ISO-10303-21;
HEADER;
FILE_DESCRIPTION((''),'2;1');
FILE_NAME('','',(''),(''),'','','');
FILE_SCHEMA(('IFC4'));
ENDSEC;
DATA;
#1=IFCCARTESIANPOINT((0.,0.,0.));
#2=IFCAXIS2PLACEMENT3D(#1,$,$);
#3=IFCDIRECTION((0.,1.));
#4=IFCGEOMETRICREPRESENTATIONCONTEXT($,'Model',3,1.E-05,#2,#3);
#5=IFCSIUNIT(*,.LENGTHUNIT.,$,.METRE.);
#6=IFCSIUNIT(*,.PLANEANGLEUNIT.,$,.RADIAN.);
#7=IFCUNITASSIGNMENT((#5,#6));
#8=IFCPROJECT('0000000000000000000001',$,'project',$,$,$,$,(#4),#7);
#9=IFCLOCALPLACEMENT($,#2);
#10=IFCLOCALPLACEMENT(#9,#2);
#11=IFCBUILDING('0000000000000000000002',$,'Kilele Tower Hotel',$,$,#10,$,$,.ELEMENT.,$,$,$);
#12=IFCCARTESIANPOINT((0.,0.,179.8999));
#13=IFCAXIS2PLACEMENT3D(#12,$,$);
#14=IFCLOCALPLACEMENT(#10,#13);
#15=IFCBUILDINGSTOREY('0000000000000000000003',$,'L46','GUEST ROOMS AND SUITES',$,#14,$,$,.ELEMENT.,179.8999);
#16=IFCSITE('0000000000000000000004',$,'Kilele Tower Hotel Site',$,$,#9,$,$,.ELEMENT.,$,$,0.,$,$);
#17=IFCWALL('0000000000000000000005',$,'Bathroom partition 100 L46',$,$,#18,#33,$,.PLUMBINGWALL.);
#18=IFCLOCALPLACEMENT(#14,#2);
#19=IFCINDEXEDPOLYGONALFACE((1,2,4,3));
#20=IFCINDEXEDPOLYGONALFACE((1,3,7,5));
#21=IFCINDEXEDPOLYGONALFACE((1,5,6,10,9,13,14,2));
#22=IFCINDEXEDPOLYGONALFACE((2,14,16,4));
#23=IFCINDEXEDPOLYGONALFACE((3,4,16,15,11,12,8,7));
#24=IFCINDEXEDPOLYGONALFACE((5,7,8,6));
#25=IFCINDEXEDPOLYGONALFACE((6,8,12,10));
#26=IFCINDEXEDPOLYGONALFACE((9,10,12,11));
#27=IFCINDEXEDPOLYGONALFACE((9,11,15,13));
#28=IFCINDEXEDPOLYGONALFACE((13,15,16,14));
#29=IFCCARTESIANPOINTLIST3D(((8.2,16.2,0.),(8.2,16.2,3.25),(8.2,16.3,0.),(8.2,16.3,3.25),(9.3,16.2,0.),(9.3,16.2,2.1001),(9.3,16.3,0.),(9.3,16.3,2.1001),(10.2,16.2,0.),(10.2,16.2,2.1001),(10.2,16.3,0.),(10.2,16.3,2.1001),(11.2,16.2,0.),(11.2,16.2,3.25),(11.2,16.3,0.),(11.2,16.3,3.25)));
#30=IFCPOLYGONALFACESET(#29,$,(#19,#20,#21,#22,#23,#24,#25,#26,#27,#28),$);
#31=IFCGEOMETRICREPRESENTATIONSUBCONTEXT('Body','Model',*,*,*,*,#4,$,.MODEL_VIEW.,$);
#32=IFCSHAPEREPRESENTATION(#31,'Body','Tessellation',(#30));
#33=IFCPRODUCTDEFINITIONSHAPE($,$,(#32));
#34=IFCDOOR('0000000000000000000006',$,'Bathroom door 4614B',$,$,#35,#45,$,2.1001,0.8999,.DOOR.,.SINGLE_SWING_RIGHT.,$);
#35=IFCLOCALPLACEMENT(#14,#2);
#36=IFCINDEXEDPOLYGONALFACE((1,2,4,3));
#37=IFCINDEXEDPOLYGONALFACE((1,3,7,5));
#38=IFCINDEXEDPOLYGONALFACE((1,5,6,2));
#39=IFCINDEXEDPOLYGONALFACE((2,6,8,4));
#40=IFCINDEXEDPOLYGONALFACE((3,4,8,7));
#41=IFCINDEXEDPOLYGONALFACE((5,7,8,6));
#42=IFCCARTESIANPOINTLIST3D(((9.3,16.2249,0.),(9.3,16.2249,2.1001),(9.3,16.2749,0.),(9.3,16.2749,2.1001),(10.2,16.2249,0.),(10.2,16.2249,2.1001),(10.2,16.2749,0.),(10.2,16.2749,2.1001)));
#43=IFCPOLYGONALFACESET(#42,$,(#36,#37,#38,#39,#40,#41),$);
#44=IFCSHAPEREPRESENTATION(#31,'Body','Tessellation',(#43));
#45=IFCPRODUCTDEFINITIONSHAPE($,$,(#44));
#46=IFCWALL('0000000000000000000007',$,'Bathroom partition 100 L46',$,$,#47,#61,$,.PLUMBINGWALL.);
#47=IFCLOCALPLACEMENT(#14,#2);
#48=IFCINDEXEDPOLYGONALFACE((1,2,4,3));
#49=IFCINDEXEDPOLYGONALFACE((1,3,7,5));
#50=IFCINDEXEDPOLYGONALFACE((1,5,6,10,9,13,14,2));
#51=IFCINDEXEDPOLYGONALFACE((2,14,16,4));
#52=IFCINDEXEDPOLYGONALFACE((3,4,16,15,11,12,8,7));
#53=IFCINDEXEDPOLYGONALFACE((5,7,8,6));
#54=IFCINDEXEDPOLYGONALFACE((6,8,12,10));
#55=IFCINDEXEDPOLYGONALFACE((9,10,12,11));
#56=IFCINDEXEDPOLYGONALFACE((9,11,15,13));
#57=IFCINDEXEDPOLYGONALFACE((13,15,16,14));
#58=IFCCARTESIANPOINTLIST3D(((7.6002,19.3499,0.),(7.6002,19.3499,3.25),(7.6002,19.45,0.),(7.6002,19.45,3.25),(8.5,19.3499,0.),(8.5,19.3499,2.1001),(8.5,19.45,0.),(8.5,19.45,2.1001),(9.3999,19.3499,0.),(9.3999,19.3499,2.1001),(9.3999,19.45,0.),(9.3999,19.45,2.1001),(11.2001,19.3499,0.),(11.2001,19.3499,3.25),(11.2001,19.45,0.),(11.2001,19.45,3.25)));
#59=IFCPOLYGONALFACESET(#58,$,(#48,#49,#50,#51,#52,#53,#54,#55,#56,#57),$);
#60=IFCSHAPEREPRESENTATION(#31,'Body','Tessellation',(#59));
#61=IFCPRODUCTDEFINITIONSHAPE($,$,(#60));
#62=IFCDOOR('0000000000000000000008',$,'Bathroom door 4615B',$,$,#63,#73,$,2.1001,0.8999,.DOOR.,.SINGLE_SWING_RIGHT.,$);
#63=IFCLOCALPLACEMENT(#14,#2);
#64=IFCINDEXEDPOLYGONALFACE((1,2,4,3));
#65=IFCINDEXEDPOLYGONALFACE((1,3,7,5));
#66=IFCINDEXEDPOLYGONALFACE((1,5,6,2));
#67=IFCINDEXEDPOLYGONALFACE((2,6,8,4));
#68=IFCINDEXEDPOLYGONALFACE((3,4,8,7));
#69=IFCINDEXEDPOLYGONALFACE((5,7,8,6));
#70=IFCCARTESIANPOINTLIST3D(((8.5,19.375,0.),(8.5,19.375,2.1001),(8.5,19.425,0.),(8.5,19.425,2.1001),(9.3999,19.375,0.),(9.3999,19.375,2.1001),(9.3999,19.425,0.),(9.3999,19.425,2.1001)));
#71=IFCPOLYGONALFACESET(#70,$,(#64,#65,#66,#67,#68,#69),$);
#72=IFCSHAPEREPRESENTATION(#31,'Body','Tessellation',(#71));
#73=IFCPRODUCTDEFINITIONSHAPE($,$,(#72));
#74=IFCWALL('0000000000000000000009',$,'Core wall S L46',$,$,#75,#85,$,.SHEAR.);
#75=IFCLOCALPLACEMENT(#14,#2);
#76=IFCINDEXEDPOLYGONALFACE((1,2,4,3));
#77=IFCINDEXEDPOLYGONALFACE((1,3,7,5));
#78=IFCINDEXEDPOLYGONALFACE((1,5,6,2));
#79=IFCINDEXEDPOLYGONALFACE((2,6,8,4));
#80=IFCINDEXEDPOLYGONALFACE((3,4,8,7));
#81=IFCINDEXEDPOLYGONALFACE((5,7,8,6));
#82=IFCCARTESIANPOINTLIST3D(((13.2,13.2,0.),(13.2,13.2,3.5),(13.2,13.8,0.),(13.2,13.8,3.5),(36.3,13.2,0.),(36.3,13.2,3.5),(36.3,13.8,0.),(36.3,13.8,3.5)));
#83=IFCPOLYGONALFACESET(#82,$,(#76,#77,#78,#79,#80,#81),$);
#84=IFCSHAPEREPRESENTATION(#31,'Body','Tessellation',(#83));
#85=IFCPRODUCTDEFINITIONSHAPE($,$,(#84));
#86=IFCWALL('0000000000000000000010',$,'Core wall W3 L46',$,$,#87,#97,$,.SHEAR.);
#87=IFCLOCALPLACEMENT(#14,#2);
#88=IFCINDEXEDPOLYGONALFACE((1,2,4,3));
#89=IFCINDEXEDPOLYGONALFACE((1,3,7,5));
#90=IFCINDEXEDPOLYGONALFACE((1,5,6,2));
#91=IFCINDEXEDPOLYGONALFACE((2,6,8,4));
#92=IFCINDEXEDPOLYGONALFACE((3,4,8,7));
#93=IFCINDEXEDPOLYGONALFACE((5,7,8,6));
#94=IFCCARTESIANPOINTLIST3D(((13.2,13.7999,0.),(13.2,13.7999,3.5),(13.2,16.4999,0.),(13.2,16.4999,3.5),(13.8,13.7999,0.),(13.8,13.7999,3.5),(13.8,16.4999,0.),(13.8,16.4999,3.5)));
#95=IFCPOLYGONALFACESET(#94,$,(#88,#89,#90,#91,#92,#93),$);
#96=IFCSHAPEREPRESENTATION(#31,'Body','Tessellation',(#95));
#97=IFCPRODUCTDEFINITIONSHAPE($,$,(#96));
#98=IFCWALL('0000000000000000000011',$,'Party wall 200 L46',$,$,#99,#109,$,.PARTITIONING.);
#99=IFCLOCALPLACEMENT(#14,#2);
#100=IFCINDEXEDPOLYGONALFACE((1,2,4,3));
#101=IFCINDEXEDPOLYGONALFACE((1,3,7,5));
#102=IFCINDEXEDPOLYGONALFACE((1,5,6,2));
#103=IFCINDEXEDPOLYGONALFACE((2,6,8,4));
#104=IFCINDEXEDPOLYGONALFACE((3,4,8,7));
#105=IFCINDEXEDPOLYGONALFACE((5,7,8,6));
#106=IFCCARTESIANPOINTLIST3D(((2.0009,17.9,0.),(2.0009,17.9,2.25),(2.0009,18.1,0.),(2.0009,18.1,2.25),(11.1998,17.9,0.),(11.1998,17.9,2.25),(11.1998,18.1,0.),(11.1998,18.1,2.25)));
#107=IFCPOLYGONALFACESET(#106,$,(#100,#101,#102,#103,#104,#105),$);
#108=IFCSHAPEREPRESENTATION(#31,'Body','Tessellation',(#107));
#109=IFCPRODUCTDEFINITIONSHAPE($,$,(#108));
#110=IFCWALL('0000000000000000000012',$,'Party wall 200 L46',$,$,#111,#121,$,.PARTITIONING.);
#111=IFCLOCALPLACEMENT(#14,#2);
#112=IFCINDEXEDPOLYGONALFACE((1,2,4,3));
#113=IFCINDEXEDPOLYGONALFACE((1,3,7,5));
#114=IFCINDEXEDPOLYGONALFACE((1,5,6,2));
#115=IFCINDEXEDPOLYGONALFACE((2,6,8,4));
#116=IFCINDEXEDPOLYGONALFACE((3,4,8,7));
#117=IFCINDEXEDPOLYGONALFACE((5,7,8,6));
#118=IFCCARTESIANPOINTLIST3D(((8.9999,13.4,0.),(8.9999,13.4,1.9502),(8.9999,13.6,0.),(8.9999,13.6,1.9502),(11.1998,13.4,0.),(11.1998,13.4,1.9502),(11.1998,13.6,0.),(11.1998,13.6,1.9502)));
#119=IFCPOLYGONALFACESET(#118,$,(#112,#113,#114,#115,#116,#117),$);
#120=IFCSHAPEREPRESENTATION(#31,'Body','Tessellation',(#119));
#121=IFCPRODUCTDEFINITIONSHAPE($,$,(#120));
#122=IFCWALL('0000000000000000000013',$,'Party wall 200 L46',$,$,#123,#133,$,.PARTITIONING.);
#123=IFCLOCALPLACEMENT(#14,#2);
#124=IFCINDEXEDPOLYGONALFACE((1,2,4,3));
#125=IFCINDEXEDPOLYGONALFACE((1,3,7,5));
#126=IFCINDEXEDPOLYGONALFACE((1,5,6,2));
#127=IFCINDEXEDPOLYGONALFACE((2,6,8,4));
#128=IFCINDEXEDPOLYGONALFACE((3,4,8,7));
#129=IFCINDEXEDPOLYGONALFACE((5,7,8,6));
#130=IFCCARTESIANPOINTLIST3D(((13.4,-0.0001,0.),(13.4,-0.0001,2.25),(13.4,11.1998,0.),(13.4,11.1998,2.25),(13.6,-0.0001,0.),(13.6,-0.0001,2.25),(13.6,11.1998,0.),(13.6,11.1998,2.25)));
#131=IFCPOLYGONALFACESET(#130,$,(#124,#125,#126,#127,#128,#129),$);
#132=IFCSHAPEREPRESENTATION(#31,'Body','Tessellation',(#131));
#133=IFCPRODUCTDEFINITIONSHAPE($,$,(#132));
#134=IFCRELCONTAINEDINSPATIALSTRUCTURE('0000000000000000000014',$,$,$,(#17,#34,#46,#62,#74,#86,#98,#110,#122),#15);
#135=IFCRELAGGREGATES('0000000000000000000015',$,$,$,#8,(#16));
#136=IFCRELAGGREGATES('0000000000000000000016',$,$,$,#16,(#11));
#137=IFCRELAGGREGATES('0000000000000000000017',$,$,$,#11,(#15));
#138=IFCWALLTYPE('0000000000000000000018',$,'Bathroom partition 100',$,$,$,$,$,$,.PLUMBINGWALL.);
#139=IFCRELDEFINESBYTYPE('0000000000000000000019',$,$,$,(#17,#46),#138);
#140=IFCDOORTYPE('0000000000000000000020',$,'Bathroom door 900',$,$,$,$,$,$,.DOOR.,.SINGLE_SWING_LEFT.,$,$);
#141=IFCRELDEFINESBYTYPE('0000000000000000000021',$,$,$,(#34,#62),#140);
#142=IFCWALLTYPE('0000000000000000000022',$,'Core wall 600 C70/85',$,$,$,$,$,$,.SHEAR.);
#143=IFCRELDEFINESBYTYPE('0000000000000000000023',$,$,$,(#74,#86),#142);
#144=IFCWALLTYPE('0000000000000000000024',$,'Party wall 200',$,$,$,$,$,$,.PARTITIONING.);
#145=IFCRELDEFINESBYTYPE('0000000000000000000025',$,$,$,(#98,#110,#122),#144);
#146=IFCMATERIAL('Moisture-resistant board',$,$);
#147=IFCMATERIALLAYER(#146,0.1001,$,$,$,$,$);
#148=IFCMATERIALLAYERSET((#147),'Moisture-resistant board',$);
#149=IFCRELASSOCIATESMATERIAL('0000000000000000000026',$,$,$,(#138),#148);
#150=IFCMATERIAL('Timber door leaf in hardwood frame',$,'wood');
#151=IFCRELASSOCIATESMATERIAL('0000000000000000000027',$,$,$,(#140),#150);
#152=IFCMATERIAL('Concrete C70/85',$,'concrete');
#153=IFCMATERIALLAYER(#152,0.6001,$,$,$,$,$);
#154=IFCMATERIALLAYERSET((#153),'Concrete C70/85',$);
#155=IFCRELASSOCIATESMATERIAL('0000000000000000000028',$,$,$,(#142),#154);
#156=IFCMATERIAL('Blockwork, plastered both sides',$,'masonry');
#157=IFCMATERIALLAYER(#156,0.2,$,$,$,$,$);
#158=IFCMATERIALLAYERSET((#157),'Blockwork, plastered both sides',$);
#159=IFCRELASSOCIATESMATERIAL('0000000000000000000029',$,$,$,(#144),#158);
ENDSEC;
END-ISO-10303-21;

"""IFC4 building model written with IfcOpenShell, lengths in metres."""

from ifc_helpers import new_model, si_unit, direction, frame, frame_2d, origin, place, context, subcontext, project, spatial, rectangle, extrude, material, layer, layer_set, type_object, element, fill, save


model = new_model("IFC4")

# Units and contexts
model_context = context("Model", 3, precision=1e-05, world=origin(), true_north=direction((0.0, 1.0)))
body_context = subcontext(model_context, "Body", "Model", "MODEL_VIEW")
ifc_project = project(units=[si_unit("LENGTHUNIT", "METRE"), si_unit("PLANEANGLEUNIT", "RADIAN")], contexts=[model_context])

# Site, building, storey
site_placement = place(None, origin())
site = spatial("IfcSite", under=ifc_project, at=site_placement, Name="Kilele Tower Hotel Site", CompositionType="ELEMENT", RefElevation=0.0)
building_placement = place(site_placement, origin())
building = spatial("IfcBuilding", under=site, at=building_placement, Name="Kilele Tower Hotel", CompositionType="ELEMENT")
storey_placement = place(building_placement, frame((0.0, 0.0, 179.8999)))
storey = spatial("IfcBuildingStorey", under=building, at=storey_placement, Name="L46", Description="GUEST ROOMS AND SUITES", CompositionType="ELEMENT", Elevation=179.8999)

# Walls, openings, doors
ifc_material_1 = material(Name="Moisture-resistant board")
ifc_layer_1 = layer(ifc_material_1, 0.1001)
ifc_layer_set_1 = layer_set([ifc_layer_1], Name="Moisture-resistant board")
wall_type_1 = type_object("IfcWallType", Name="Bathroom partition 100", PredefinedType="PLUMBINGWALL", material=ifc_layer_set_1)
wall_1_placement = place(storey_placement, frame((11.2, 16.25, 0.0), z_axis=(0.0, 0.0, 1.0), x_axis=(-1.0, 0.0, 0.0)))
wall_1 = element("IfcWall", 1, at=wall_1_placement, inside=storey, type_object=wall_type_1, Name="Bathroom partition 100 L46", PredefinedType="PLUMBINGWALL", context=body_context, shape_type="SweptSolid", body=[
    extrude(rectangle(XDim=3.0, YDim=0.1001, at=frame_2d((1.5, 0.0))), origin(), (0.0, 0.0, 1.0), 3.25),
])
opening_1_placement = place(wall_1_placement, frame((1.8999, 0.0, 0.0), z_axis=(0.0, 0.0, 1.0), x_axis=(-1.0, 0.0, 0.0)))
opening_1 = element("IfcOpeningElement", 2, at=opening_1_placement, cuts=wall_1, PredefinedType="OPENING", context=body_context, shape_type="SweptSolid", body=[
    extrude(rectangle(XDim=0.8999, YDim=2.1001, at=frame_2d((0.45, 1.05))), frame((0.0, 0.0601, 0.0), z_axis=(0.0, -1.0, 0.0), x_axis=(1.0, 0.0, 0.0)), (0.0, 0.0, 1.0), 0.1201),
])
ifc_material_2 = material(Name="Timber door leaf in hardwood frame", Category="wood")
door_type = type_object("IfcDoorType", Name="Bathroom door 900", OperationType="SINGLE_SWING_LEFT", PredefinedType="DOOR", material=ifc_material_2)
door_1_placement = place(opening_1_placement, origin())
door_1 = element("IfcDoor", 3, at=door_1_placement, inside=storey, type_object=door_type, Name="Bathroom door 4614B", OperationType="SINGLE_SWING_RIGHT", OverallHeight=2.1001, OverallWidth=0.8999, PredefinedType="DOOR", context=body_context, shape_type="SweptSolid", body=[
    extrude(rectangle(XDim=0.8999, YDim=2.1001, at=frame_2d((0.45, 1.05))), frame((0.0, 0.0249, 0.0), z_axis=(0.0, -1.0, 0.0), x_axis=(1.0, 0.0, 0.0)), (0.0, 0.0, 1.0), 0.05),
])
fill(opening_1, door_1)
wall_2_placement = place(storey_placement, frame((11.2, 19.3999, 0.0), z_axis=(0.0, 0.0, 1.0), x_axis=(-1.0, 0.0, 0.0)))
wall_2 = element("IfcWall", 4, at=wall_2_placement, inside=storey, type_object=wall_type_1, Name="Bathroom partition 100 L46", PredefinedType="PLUMBINGWALL", context=body_context, shape_type="SweptSolid", body=[
    extrude(rectangle(XDim=3.5999, YDim=0.1001, at=frame_2d((1.7998, 0.0))), origin(), (0.0, 0.0, 1.0), 3.25),
])
opening_2_placement = place(wall_2_placement, frame((1.8, 0.0, 0.0)))
opening_2 = element("IfcOpeningElement", 5, at=opening_2_placement, cuts=wall_2, PredefinedType="OPENING", context=body_context, shape_type="SweptSolid", body=[
    extrude(rectangle(XDim=0.8999, YDim=2.1001, at=frame_2d((0.45, 1.05))), frame((0.0, 0.0601, 0.0), z_axis=(0.0, -1.0, 0.0), x_axis=(1.0, 0.0, 0.0)), (0.0, 0.0, 1.0), 0.1201),
])
door_2_placement = place(opening_2_placement, origin())
door_2 = element("IfcDoor", 6, at=door_2_placement, inside=storey, type_object=door_type, Name="Bathroom door 4615B", OperationType="SINGLE_SWING_RIGHT", OverallHeight=2.1001, OverallWidth=0.8999, PredefinedType="DOOR", context=body_context, shape_type="SweptSolid", body=[
    extrude(rectangle(XDim=0.8999, YDim=2.1001, at=frame_2d((0.45, 1.05))), frame((0.0, 0.0249, 0.0), z_axis=(0.0, -1.0, 0.0), x_axis=(1.0, 0.0, 0.0)), (0.0, 0.0, 1.0), 0.05),
])
fill(opening_2, door_2)

# Walls
ifc_material_3 = material(Name="Concrete C70/85", Category="concrete")
ifc_layer_2 = layer(ifc_material_3, 0.6001)
ifc_layer_set_2 = layer_set([ifc_layer_2], Name="Concrete C70/85")
wall_type_2 = type_object("IfcWallType", Name="Core wall 600 C70/85", PredefinedType="SHEAR", material=ifc_layer_set_2)
wall_3_placement = place(storey_placement, frame((13.2, 13.5, 0.0), z_axis=(0.0, 0.0, 1.0), x_axis=(1.0, 0.0, 0.0)))
element("IfcWall", 7, at=wall_3_placement, inside=storey, type_object=wall_type_2, Name="Core wall S L46", PredefinedType="SHEAR", context=body_context, shape_type="SweptSolid", body=[
    extrude(rectangle(XDim=23.1001, YDim=0.6001, at=frame_2d((11.55, 0.0))), origin(), (0.0, 0.0, 1.0), 3.5),
])
wall_4_placement = place(storey_placement, frame((13.5, 16.5, 0.0), z_axis=(0.0, 0.0, 1.0), x_axis=(0.0, -1.0, 0.0)))
element("IfcWall", 8, at=wall_4_placement, inside=storey, type_object=wall_type_2, Name="Core wall W3 L46", PredefinedType="SHEAR", context=body_context, shape_type="SweptSolid", body=[
    extrude(rectangle(XDim=2.7, YDim=0.6001, at=frame_2d((1.3501, 0.0))), origin(), (0.0, 0.0, 1.0), 3.5),
])
ifc_material_4 = material(Name="Blockwork, plastered both sides", Category="masonry")
ifc_layer_3 = layer(ifc_material_4, 0.2)
ifc_layer_set_3 = layer_set([ifc_layer_3], Name="Blockwork, plastered both sides")
wall_type_3 = type_object("IfcWallType", Name="Party wall 200", PredefinedType="PARTITIONING", material=ifc_layer_set_3)
wall_5_placement = place(storey_placement, frame((11.2, 18.0, 0.0), z_axis=(0.0, 0.0, 1.0), x_axis=(-1.0, 0.0, 0.0)))
element("IfcWall", 9, at=wall_5_placement, inside=storey, type_object=wall_type_3, Name="Party wall 200 L46", PredefinedType="PARTITIONING", context=body_context, shape_type="SweptSolid", body=[
    extrude(rectangle(XDim=9.199, YDim=0.2, at=frame_2d((4.5996, 0.0))), origin(), (0.0, 0.0, 1.0), 2.25),
])
wall_6_placement = place(storey_placement, frame((11.2, 13.5, 0.0), z_axis=(0.0, 0.0, 1.0), x_axis=(-1.0, 0.0, 0.0)))
element("IfcWall", 10, at=wall_6_placement, inside=storey, type_object=wall_type_3, Name="Party wall 200 L46", PredefinedType="PARTITIONING", context=body_context, shape_type="SweptSolid", body=[
    extrude(rectangle(XDim=2.2, YDim=0.2, at=frame_2d((1.1001, 0.0))), origin(), (0.0, 0.0, 1.0), 1.9502),
])
wall_7_placement = place(storey_placement, frame((13.5, 11.2, 0.0), z_axis=(0.0, 0.0, 1.0), x_axis=(0.0, -1.0, 0.0)))
element("IfcWall", 11, at=wall_7_placement, inside=storey, type_object=wall_type_3, Name="Party wall 200 L46", PredefinedType="PARTITIONING", context=body_context, shape_type="SweptSolid", body=[
    extrude(rectangle(XDim=11.2, YDim=0.2, at=frame_2d((5.6001, 0.0))), origin(), (0.0, 0.0, 1.0), 2.25),
])

save(model, "model.ifc")
